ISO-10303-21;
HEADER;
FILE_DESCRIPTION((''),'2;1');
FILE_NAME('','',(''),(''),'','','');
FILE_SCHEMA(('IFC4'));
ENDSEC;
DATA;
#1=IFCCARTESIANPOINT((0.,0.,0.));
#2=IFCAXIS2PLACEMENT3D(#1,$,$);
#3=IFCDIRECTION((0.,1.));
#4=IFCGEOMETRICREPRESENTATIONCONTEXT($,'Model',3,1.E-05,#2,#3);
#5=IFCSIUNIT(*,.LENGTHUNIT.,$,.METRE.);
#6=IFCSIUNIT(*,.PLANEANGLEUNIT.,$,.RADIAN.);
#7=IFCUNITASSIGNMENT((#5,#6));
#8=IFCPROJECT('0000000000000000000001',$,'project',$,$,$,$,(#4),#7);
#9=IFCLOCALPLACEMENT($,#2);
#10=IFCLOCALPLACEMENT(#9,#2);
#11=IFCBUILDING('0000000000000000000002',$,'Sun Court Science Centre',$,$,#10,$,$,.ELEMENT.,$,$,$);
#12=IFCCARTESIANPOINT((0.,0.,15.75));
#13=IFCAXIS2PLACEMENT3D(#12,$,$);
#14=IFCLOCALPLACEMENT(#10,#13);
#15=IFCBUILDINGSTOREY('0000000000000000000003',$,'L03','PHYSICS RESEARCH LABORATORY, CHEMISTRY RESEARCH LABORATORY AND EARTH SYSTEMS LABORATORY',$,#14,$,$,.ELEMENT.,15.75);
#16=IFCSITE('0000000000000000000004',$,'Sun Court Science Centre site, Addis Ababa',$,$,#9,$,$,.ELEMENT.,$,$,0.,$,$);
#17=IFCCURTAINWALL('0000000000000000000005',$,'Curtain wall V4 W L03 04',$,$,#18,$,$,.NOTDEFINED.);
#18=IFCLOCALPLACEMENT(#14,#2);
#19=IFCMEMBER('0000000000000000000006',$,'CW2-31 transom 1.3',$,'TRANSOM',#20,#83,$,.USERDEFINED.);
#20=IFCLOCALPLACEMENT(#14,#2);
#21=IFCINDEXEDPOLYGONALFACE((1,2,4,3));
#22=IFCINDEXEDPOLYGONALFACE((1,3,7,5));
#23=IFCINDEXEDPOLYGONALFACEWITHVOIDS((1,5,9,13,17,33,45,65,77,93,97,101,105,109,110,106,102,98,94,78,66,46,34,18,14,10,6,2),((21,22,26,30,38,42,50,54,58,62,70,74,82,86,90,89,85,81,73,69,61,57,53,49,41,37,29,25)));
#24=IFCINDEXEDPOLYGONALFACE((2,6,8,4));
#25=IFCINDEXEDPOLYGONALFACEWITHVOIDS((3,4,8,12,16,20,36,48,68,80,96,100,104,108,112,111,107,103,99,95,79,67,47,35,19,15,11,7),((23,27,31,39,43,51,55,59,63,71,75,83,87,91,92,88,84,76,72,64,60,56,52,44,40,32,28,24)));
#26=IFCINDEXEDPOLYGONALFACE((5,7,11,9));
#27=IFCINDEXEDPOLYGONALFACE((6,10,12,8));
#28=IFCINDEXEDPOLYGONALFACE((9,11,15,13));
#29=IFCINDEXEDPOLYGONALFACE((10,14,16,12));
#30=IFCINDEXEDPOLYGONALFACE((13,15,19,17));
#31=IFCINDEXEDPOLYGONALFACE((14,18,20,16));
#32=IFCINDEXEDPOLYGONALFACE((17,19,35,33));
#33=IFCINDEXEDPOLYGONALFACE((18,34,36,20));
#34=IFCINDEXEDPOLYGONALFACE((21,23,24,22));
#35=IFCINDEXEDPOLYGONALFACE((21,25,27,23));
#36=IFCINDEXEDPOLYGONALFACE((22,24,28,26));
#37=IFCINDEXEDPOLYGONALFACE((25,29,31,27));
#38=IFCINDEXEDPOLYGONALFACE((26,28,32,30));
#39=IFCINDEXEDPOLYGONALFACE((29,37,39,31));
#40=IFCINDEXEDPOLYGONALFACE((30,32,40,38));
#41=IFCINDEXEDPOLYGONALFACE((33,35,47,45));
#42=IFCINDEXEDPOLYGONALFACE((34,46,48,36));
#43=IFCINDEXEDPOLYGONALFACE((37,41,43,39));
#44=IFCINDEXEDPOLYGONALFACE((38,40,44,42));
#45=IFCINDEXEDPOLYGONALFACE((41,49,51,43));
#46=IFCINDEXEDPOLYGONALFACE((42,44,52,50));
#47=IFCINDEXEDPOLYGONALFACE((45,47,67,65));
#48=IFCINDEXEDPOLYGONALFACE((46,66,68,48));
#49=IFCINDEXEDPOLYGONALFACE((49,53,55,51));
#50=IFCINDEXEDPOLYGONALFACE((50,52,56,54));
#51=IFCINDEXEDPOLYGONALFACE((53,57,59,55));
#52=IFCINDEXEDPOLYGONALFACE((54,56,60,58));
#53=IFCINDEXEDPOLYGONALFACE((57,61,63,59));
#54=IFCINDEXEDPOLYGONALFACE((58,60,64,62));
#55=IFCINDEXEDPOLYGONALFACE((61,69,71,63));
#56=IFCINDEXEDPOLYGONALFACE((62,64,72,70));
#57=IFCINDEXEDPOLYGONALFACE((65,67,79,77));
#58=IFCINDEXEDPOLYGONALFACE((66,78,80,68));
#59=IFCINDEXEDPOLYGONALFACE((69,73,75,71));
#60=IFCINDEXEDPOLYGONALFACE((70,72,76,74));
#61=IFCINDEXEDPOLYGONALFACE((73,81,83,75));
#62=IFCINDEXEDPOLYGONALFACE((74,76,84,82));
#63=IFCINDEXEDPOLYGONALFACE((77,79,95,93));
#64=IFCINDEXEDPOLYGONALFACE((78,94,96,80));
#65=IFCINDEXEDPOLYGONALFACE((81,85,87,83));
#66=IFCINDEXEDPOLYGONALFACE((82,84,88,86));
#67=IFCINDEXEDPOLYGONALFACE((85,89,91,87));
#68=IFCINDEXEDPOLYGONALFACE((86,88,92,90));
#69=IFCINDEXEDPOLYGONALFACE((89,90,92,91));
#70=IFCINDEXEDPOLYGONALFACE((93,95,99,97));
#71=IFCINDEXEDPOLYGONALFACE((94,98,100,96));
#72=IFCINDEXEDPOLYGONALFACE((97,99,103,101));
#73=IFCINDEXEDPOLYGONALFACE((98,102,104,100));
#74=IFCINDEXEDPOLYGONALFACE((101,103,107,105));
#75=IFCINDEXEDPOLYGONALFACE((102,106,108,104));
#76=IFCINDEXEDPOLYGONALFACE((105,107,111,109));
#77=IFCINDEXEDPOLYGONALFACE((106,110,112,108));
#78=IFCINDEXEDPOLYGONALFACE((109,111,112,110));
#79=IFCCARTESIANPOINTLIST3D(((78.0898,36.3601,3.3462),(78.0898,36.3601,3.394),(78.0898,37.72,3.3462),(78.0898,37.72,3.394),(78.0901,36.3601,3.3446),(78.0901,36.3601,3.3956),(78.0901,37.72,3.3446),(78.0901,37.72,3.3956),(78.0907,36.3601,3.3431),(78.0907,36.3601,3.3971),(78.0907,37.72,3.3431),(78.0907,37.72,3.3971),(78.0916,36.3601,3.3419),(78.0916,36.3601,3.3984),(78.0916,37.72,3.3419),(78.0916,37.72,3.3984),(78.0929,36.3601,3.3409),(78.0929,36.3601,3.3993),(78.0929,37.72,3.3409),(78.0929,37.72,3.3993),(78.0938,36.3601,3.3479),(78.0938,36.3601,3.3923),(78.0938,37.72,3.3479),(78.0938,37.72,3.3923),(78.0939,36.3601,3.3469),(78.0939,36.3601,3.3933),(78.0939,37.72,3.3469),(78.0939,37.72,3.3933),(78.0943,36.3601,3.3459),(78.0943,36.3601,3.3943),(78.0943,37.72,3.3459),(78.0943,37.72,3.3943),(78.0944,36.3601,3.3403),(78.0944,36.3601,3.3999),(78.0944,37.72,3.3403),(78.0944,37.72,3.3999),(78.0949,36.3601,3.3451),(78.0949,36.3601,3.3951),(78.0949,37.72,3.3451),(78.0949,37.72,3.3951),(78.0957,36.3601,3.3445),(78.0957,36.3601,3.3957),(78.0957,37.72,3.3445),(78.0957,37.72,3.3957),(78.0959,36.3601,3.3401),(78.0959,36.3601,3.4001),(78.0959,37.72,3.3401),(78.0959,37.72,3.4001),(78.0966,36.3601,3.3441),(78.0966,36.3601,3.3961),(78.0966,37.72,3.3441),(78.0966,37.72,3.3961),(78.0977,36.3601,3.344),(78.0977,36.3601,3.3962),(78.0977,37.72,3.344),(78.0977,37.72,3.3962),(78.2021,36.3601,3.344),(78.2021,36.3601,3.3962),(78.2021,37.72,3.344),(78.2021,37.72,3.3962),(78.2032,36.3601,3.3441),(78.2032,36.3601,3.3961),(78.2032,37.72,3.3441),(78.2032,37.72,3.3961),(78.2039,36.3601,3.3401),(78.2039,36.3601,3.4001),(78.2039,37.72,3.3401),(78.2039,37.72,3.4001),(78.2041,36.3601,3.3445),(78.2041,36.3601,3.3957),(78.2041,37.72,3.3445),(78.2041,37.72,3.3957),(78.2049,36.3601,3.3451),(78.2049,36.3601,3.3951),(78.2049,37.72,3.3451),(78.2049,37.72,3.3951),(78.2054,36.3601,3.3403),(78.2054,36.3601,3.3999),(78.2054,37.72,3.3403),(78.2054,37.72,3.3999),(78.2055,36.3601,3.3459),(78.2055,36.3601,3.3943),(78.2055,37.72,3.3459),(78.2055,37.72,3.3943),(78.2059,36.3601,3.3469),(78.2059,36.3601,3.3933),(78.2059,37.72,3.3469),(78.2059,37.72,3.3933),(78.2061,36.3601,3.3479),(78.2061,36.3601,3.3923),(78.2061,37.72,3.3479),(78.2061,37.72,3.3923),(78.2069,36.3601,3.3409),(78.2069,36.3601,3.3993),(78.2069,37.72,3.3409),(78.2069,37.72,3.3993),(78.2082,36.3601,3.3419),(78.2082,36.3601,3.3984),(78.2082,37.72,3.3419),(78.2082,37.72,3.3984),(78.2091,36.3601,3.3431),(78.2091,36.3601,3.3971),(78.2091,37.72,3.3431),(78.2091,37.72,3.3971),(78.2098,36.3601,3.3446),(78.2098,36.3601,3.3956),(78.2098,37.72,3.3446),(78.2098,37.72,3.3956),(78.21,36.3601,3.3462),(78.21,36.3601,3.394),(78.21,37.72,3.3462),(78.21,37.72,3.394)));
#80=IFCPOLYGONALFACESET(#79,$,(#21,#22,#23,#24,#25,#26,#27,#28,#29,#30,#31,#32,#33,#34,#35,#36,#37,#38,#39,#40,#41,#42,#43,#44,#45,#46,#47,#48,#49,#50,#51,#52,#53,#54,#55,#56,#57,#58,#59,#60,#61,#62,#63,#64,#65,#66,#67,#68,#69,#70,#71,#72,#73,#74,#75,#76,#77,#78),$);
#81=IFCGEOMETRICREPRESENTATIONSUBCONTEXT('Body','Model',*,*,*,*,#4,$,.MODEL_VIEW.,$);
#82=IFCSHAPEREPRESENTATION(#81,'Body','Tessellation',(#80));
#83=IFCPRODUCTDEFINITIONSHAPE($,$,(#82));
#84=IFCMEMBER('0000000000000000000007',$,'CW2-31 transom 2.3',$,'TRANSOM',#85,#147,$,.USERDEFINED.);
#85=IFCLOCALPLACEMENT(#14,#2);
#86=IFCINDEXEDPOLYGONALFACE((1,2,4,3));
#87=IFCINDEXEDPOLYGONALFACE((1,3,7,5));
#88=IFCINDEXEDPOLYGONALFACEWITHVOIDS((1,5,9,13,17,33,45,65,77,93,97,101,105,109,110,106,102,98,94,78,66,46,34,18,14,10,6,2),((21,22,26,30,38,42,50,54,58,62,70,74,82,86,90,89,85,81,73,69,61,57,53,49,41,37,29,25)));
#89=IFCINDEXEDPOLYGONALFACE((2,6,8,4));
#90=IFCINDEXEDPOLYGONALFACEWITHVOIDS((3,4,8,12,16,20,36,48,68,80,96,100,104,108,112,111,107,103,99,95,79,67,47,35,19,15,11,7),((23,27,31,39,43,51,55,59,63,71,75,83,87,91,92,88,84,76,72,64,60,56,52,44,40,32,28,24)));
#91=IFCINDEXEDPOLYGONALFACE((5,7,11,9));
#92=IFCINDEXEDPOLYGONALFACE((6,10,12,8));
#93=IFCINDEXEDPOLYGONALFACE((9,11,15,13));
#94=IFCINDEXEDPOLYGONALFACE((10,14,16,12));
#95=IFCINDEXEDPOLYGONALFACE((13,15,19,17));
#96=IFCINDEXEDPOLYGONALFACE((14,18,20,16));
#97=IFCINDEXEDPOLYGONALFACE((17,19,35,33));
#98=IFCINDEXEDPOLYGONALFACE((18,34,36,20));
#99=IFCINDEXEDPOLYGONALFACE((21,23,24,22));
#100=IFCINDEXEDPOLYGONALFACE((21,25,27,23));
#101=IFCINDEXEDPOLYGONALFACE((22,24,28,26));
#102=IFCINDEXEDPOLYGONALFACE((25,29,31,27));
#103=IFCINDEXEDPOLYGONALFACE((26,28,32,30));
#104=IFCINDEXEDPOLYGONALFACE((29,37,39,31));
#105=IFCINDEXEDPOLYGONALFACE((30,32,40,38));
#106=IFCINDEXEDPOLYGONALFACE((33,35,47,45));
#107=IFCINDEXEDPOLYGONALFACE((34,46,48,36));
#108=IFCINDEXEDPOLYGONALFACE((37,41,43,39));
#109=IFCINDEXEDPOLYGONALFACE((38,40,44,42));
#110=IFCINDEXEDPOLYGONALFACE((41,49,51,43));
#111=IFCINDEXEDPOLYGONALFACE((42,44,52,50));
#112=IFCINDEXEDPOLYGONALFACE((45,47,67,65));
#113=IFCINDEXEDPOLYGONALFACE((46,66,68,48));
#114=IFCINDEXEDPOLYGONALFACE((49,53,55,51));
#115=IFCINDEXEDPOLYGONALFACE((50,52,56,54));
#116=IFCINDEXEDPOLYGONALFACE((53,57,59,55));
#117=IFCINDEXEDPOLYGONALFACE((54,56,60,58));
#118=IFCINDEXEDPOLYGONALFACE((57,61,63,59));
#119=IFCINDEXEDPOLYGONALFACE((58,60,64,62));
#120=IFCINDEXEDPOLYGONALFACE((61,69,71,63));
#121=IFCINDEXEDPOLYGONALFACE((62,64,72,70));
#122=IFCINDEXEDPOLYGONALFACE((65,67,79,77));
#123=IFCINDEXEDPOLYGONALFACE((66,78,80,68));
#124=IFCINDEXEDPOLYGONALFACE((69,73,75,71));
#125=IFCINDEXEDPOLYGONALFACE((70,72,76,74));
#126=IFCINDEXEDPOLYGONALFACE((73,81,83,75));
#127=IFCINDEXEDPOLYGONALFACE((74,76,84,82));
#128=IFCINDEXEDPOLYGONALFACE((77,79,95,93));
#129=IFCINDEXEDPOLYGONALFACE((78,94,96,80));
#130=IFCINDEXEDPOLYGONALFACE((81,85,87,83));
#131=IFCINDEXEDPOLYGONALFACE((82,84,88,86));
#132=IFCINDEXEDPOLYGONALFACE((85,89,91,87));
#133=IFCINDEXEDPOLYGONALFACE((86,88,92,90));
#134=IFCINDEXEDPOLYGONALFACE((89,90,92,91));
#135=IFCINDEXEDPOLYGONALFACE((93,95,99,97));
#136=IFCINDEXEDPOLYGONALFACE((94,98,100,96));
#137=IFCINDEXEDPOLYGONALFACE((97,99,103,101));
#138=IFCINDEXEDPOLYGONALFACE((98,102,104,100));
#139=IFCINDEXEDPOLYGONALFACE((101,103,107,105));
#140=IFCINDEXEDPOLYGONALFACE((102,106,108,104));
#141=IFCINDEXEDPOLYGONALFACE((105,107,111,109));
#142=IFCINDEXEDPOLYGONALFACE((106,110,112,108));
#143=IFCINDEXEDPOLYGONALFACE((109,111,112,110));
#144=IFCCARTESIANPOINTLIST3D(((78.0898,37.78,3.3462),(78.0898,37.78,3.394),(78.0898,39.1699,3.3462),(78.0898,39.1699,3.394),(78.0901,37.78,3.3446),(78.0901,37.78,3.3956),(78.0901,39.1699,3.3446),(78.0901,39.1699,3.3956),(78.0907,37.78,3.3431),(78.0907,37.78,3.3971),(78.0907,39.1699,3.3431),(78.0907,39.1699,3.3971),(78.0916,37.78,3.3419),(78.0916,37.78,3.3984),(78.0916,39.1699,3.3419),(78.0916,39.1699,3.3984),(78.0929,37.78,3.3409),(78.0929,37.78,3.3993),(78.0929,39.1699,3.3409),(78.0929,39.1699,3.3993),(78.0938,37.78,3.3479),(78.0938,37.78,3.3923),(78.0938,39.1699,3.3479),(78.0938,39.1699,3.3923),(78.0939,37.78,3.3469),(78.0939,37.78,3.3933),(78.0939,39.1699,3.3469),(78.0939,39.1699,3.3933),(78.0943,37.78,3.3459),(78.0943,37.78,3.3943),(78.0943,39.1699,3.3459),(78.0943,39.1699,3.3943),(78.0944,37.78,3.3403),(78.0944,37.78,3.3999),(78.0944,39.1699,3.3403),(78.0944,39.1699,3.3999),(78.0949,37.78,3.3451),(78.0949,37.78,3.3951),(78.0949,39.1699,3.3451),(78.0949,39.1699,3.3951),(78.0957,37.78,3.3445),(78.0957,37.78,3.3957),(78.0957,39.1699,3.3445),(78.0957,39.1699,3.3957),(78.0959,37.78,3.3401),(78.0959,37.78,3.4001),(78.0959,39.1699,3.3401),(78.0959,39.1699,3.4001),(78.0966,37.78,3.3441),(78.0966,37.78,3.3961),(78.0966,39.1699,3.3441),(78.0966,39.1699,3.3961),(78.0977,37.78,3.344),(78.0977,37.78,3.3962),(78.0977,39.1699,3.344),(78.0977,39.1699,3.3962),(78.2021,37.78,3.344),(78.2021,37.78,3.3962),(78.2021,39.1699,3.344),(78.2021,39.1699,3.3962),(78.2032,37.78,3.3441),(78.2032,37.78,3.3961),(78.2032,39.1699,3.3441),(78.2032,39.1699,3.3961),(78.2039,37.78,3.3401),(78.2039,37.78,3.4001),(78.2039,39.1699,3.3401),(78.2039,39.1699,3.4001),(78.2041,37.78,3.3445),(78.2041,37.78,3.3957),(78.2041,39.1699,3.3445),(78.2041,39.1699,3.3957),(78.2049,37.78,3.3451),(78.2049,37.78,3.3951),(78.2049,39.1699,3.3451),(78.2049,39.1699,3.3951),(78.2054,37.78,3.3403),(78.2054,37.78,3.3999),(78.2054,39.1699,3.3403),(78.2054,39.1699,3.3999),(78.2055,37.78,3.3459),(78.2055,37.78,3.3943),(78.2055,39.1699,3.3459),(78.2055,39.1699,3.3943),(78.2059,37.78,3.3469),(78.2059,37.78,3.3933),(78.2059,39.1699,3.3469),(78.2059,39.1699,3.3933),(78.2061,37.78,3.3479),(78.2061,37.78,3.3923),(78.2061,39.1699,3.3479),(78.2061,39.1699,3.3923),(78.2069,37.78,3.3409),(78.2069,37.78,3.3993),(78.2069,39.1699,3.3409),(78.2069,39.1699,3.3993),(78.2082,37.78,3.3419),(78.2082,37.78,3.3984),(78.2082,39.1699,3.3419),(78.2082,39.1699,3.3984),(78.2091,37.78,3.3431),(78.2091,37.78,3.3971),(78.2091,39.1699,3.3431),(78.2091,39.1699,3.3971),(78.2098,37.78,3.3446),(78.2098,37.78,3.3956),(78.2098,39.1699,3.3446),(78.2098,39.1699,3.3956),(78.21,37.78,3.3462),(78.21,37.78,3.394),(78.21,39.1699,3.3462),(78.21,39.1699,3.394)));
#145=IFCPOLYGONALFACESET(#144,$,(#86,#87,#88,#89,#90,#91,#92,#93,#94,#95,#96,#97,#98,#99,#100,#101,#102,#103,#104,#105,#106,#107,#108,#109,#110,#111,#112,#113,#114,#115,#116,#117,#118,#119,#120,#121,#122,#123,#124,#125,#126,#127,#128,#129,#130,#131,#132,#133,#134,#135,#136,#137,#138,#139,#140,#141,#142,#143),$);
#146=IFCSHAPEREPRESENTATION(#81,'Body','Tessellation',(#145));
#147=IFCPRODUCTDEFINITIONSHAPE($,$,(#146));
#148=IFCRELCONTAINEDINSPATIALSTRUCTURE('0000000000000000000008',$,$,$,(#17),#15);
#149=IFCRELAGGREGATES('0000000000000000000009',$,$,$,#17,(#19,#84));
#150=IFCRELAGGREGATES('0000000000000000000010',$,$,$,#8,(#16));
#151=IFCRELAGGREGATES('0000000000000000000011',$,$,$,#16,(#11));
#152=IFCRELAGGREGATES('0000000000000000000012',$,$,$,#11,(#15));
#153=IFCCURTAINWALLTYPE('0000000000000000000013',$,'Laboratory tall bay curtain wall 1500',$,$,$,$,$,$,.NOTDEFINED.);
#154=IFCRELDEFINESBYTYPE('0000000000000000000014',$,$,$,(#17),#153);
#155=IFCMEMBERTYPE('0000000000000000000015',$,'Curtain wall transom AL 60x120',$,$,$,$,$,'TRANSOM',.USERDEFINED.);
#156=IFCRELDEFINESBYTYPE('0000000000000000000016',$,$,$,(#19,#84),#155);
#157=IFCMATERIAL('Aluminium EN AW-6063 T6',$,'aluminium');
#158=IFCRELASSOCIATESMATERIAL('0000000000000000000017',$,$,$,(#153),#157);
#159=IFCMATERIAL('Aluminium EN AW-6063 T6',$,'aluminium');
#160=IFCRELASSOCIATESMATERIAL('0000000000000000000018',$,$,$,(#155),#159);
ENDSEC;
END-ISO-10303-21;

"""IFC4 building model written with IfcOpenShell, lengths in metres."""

from ifc_helpers import new_model, si_unit, direction, frame, origin, origin_2d, place, context, subcontext, project, spatial, hollow_rectangle, extrude, material, material_profile, profile_set, type_object, element, aggregate, save


model = new_model("IFC4")

# Units and contexts
model_context = context("Model", 3, precision=1e-05, world=origin(), true_north=direction((0.0, 1.0)))
body_context = subcontext(model_context, "Body", "Model", "MODEL_VIEW")
ifc_project = project(units=[si_unit("LENGTHUNIT", "METRE"), si_unit("PLANEANGLEUNIT", "RADIAN")], contexts=[model_context])

# Site, building, storey
site_placement = place(None, origin())
site = spatial("IfcSite", under=ifc_project, at=site_placement, Name="Sun Court Science Centre site, Addis Ababa", CompositionType="ELEMENT", RefElevation=0.0)
building_placement = place(site_placement, origin())
building = spatial("IfcBuilding", under=site, at=building_placement, Name="Sun Court Science Centre", CompositionType="ELEMENT")
storey_placement = place(building_placement, frame((0.0, 0.0, 15.75)))
storey = spatial("IfcBuildingStorey", under=building, at=storey_placement, Name="L03", Description="PHYSICS RESEARCH LABORATORY, CHEMISTRY RESEARCH LABORATORY AND EARTH SYSTEMS LABORATORY", CompositionType="ELEMENT", Elevation=15.75)

# Curtain wall
ifc_material_1 = material(Name="Aluminium EN AW-6063 T6", Category="aluminium")
curtain_wall_type = type_object("IfcCurtainWallType", Name="Laboratory tall bay curtain wall 1500", PredefinedType="NOTDEFINED", material=ifc_material_1)
curtain_wall_1_placement = place(storey_placement, origin())
curtain_wall_1 = element("IfcCurtainWall", 1, at=curtain_wall_1_placement, inside=storey, type_object=curtain_wall_type, Name="Curtain wall V4 W L03 04", PredefinedType="NOTDEFINED")

# Members
ifc_material_2 = material(Name="Aluminium EN AW-6063 T6", Category="aluminium")
ifc_material_profile_1 = material_profile(ifc_material_2, hollow_rectangle(XDim=0.0601, YDim=0.1201, WallThickness=0.0039, InnerFilletRadius=0.0039, OuterFilletRadius=0.0061, at=origin_2d()), Name="AL 60x120x4")
ifc_profile_set_1 = profile_set([ifc_material_profile_1], Name="Aluminium EN AW-6063 T6")
member_type_1 = type_object("IfcMemberType", Name="Curtain wall transom AL 60x120", ElementType="TRANSOM", PredefinedType="USERDEFINED", material=ifc_profile_set_1)
member_1_placement = place(storey_placement, frame((78.1499, 36.3601, 3.3701), z_axis=(0.0, 1.0, 0.0), x_axis=(0.0, 0.0, 1.0)))
member_1 = element("IfcMember", 2, at=member_1_placement, type_object=member_type_1, Name="CW2-31 transom 1.3", ObjectType="TRANSOM", PredefinedType="USERDEFINED", context=body_context, shape_type="SweptSolid", body=[
    extrude(hollow_rectangle(XDim=0.0601, YDim=0.1201, WallThickness=0.0039, InnerFilletRadius=0.0039, OuterFilletRadius=0.0061, at=origin_2d()), origin(), (0.0, 0.0, 1.0), 1.3599),
])
member_2_placement = place(storey_placement, frame((78.1499, 37.78, 3.3701), z_axis=(0.0, 1.0, 0.0), x_axis=(0.0, 0.0, 1.0)))
member_2 = element("IfcMember", 3, at=member_2_placement, type_object=member_type_1, Name="CW2-31 transom 2.3", ObjectType="TRANSOM", PredefinedType="USERDEFINED", context=body_context, shape_type="SweptSolid", body=[
    extrude(hollow_rectangle(XDim=0.0601, YDim=0.1201, WallThickness=0.0039, InnerFilletRadius=0.0039, OuterFilletRadius=0.0061, at=origin_2d()), origin(), (0.0, 0.0, 1.0), 1.3899),
])

aggregate(curtain_wall_1, [member_1, member_2])

save(model, "model.ifc")
